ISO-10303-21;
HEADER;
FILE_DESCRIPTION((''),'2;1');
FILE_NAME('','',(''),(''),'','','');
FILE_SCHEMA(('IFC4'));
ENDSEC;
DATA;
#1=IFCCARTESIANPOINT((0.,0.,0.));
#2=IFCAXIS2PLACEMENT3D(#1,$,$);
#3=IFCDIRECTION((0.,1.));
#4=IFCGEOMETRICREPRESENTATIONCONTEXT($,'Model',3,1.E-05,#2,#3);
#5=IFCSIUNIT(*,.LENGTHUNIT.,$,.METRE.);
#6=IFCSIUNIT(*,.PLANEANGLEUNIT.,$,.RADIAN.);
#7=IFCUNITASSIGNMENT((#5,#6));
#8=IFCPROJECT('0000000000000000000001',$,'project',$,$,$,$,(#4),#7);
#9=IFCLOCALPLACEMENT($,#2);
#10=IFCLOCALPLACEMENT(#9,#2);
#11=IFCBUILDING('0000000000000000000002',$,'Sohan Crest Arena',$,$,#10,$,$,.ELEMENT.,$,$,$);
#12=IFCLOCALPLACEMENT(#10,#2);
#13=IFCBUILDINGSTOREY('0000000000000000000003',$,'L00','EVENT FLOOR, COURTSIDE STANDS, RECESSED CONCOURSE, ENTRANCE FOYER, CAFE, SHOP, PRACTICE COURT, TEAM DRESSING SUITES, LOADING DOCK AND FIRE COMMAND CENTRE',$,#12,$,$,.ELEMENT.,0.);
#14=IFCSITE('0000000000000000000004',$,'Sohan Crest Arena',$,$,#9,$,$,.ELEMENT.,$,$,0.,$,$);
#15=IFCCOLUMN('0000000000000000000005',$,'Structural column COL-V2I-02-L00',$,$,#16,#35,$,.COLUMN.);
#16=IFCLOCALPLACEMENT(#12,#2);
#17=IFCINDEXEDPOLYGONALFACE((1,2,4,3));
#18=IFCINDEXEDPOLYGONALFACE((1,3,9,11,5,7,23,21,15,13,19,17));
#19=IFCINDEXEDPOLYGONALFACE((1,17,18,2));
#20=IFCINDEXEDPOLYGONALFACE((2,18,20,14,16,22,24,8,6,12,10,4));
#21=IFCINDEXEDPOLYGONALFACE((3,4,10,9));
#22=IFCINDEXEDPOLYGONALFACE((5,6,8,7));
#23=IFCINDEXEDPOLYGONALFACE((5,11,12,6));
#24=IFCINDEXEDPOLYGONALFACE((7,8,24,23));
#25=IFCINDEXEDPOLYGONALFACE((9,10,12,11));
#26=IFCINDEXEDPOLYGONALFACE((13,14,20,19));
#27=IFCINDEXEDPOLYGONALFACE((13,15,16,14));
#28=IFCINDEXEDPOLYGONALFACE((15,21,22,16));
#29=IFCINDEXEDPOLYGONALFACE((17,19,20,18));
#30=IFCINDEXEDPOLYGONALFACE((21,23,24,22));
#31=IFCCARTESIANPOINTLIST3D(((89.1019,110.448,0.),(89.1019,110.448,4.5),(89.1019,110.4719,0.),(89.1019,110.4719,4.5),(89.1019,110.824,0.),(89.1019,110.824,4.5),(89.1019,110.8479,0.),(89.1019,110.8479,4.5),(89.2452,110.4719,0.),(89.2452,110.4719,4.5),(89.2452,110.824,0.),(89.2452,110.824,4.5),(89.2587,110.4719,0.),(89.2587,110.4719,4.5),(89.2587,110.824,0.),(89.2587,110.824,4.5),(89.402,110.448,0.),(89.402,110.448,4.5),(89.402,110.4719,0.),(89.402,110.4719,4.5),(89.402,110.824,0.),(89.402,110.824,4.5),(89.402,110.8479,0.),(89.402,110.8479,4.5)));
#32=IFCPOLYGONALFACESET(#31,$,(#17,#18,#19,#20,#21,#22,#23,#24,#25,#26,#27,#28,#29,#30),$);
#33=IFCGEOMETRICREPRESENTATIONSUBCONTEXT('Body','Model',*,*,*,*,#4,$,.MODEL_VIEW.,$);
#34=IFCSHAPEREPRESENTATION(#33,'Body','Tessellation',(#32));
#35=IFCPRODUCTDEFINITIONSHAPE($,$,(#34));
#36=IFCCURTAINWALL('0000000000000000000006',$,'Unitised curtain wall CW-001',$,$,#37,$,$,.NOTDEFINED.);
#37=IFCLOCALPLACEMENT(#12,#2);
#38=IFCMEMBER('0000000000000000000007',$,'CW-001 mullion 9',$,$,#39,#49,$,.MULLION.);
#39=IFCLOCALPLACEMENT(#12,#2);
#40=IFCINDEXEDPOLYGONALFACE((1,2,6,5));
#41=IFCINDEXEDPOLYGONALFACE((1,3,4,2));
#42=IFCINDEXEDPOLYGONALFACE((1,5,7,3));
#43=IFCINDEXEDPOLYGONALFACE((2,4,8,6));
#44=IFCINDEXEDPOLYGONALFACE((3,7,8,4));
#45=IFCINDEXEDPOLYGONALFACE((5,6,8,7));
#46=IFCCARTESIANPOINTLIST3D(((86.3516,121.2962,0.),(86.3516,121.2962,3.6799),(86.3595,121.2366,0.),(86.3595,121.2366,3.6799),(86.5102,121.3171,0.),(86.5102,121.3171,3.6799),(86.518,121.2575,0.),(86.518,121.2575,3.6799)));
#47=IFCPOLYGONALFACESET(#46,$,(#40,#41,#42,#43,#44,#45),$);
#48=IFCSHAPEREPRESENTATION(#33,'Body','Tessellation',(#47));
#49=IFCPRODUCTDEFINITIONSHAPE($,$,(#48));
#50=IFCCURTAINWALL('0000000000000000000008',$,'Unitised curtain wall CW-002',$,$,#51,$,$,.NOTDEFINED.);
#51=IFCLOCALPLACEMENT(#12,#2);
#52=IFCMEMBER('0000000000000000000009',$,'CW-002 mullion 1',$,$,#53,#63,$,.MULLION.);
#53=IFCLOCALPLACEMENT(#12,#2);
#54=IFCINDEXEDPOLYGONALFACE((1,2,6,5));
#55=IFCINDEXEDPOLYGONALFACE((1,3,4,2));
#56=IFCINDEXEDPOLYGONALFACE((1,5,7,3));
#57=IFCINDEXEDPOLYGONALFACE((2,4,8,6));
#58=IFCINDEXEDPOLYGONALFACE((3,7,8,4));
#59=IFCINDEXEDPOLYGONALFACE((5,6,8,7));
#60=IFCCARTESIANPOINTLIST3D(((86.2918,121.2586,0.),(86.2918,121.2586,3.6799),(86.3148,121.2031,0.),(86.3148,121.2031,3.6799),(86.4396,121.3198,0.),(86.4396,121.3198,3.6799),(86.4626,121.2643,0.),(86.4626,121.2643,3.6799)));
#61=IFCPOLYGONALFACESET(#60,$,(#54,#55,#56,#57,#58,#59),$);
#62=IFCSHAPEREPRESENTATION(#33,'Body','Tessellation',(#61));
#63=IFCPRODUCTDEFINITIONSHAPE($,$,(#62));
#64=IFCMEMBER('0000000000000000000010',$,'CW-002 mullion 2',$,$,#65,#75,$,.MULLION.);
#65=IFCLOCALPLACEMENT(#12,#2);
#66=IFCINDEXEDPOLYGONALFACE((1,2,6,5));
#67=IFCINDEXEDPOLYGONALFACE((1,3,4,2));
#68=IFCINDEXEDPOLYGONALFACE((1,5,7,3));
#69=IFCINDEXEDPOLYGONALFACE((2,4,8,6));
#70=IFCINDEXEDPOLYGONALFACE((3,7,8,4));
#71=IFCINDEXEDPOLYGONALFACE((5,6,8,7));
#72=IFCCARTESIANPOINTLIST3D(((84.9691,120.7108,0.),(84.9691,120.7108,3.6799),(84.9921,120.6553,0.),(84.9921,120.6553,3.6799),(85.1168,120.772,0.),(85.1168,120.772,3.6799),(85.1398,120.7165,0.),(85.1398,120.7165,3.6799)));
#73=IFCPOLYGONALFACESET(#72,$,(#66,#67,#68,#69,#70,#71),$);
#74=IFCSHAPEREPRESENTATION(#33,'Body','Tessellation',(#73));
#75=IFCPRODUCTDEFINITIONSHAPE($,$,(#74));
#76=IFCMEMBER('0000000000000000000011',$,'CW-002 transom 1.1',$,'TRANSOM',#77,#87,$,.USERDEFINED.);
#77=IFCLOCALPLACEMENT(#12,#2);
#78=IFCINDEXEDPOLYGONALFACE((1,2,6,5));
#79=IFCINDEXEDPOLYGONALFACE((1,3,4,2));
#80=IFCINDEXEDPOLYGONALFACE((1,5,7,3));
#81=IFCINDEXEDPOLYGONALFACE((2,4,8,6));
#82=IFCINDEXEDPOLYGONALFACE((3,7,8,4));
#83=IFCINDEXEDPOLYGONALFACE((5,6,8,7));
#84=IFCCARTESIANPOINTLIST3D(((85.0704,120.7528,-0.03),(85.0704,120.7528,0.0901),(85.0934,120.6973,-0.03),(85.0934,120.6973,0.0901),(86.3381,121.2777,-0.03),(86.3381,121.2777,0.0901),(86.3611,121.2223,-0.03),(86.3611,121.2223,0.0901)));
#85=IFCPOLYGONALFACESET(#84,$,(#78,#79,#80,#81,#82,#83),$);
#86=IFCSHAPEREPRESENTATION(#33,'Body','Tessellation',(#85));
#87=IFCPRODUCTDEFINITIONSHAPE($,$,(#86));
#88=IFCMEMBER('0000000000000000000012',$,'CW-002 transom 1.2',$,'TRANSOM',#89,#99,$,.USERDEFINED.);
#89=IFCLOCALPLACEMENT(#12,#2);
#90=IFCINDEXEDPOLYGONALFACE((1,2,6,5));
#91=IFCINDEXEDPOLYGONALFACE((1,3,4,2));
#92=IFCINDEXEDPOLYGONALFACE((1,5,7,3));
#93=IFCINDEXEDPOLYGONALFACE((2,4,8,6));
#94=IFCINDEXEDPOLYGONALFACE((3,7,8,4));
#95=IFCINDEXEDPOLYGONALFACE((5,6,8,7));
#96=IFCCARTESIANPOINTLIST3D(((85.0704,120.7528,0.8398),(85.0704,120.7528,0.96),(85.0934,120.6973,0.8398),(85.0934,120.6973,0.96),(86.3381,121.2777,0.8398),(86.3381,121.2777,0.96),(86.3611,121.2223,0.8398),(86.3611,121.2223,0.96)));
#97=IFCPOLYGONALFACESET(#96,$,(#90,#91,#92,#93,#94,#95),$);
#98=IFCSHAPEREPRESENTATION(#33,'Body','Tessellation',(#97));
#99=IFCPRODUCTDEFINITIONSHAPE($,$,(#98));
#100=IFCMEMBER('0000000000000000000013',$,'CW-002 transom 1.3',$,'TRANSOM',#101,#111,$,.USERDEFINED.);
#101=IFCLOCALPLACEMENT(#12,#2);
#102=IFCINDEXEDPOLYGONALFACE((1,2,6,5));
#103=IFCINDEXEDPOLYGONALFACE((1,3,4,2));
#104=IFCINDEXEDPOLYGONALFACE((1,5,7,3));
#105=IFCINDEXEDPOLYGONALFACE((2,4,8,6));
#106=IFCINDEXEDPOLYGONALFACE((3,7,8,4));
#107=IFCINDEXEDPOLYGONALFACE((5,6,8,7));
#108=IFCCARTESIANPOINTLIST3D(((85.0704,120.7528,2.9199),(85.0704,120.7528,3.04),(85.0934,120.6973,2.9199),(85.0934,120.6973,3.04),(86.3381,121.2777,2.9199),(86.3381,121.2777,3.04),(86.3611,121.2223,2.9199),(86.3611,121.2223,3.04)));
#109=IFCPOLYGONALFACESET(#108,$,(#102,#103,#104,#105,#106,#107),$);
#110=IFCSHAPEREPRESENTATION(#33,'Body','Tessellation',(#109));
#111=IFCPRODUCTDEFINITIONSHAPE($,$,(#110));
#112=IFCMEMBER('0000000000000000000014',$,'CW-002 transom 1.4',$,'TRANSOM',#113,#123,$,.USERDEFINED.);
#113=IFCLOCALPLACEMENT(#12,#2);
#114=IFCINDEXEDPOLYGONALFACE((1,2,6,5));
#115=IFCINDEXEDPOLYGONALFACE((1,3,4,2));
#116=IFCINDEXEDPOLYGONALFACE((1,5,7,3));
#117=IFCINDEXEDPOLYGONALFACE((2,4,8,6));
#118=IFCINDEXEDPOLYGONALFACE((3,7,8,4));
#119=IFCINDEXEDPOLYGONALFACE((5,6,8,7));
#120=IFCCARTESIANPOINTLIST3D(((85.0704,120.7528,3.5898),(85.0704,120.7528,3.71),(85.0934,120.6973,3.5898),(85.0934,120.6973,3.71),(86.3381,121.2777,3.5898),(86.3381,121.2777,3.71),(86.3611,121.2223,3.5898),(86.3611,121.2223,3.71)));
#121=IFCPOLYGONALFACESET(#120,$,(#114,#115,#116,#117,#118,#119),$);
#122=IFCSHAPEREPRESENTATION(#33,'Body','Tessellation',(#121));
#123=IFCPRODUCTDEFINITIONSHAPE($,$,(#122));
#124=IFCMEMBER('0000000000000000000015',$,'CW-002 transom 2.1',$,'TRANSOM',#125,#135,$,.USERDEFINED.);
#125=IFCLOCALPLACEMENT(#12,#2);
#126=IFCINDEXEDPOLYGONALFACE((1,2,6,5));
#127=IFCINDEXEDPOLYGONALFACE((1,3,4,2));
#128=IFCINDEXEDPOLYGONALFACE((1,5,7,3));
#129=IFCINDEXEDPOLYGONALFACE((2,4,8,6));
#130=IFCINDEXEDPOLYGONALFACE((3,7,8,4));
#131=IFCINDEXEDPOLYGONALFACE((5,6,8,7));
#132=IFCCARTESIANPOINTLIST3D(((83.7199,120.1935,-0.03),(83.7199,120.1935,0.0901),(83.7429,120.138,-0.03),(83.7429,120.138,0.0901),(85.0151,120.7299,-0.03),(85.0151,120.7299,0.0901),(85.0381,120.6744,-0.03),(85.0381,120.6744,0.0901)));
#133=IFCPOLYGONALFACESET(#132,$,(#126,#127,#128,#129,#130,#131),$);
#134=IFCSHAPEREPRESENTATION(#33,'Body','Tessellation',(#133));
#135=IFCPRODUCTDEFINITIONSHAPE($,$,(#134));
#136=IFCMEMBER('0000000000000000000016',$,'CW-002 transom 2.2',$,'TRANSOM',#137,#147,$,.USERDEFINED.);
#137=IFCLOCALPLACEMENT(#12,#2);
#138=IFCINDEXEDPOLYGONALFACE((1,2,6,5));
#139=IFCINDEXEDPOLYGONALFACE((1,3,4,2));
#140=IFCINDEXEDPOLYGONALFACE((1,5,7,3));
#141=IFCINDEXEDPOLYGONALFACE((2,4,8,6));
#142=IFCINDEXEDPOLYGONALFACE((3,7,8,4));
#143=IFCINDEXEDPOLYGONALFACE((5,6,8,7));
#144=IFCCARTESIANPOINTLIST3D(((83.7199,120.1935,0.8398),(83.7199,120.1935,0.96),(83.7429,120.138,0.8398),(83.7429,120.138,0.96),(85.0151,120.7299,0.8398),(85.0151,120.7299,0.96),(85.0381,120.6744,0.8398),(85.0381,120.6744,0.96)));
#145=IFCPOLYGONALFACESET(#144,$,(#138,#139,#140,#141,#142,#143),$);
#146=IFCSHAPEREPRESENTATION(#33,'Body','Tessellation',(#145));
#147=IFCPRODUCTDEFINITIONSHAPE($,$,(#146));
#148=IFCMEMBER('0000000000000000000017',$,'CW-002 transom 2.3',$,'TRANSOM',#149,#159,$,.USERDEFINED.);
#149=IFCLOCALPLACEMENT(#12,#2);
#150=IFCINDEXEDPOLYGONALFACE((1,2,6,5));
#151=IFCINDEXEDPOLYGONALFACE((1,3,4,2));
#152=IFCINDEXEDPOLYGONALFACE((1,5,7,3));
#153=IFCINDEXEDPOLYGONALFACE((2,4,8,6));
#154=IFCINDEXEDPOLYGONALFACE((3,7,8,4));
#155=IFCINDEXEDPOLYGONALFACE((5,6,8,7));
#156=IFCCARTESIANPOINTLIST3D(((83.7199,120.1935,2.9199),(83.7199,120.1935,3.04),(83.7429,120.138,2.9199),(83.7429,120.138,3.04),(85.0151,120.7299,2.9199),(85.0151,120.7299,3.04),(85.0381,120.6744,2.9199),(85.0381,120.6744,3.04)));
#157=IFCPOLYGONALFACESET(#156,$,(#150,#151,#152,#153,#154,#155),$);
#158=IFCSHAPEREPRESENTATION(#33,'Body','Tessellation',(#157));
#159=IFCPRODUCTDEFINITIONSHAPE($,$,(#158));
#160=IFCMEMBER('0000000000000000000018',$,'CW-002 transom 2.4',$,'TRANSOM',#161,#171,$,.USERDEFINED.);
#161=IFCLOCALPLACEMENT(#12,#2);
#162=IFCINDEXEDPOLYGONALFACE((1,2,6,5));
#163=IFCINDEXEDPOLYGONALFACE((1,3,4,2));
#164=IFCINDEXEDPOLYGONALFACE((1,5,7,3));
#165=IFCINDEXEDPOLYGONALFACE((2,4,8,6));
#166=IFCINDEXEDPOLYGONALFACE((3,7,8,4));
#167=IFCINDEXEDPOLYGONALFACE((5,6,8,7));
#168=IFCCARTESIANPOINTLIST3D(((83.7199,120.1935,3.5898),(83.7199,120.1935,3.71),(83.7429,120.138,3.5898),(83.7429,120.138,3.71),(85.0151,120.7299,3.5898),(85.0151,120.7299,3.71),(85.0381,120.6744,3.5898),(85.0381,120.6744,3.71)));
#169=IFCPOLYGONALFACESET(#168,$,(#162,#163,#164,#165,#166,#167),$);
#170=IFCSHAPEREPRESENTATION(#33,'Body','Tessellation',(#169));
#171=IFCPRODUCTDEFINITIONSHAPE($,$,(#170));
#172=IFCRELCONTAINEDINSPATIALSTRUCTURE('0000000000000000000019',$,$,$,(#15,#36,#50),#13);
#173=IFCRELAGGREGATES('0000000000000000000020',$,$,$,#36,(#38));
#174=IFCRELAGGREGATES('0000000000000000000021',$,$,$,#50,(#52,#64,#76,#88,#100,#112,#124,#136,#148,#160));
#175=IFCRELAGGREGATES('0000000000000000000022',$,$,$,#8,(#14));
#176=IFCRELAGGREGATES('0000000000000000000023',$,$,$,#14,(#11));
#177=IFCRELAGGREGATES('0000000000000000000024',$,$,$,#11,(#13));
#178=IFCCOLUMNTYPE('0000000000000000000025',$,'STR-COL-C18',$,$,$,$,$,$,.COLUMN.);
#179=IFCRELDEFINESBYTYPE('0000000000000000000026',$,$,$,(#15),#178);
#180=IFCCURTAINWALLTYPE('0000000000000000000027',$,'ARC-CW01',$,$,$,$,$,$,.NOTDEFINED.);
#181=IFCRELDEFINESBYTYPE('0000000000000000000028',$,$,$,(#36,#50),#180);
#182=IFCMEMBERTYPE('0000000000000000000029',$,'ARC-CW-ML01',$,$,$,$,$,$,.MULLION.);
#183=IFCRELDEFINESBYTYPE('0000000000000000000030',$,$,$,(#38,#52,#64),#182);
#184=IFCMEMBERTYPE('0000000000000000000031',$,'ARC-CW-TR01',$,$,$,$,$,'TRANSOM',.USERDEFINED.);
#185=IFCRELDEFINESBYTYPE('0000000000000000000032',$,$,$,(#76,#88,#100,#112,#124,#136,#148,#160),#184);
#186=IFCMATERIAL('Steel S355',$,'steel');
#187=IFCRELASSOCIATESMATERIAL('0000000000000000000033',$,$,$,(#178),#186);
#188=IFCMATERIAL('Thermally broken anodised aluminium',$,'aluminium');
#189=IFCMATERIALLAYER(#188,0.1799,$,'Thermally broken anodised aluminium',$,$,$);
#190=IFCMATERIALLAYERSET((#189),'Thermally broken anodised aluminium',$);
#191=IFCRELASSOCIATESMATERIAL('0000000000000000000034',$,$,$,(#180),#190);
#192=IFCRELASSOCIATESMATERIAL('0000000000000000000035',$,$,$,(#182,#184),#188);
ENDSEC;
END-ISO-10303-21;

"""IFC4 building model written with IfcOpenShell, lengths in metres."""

from ifc_helpers import new_model, si_unit, direction, frame, origin, origin_2d, place, context, subcontext, project, spatial, rectangle, i_section, extrude, material, layer, layer_set, material_profile, profile_set, type_object, element, aggregate, save


model = new_model("IFC4")

# Units and contexts
model_context = context("Model", 3, precision=1e-05, world=origin(), true_north=direction((0.0, 1.0)))
body_context = subcontext(model_context, "Body", "Model", "MODEL_VIEW")
ifc_project = project(units=[si_unit("LENGTHUNIT", "METRE"), si_unit("PLANEANGLEUNIT", "RADIAN")], contexts=[model_context])

# Site, building, storey
site_placement = place(None, origin())
site = spatial("IfcSite", under=ifc_project, at=site_placement, Name="Sohan Crest Arena", CompositionType="ELEMENT", RefElevation=0.0)
building_placement = place(site_placement, origin())
building = spatial("IfcBuilding", under=site, at=building_placement, Name="Sohan Crest Arena", CompositionType="ELEMENT")
storey_placement = place(building_placement, origin())
storey = spatial("IfcBuildingStorey", under=building, at=storey_placement, Name="L00", Description="EVENT FLOOR, COURTSIDE STANDS, RECESSED CONCOURSE, ENTRANCE FOYER, CAFE, SHOP, PRACTICE COURT, TEAM DRESSING SUITES, LOADING DOCK AND FIRE COMMAND CENTRE", CompositionType="ELEMENT", Elevation=0.0)

# Column
ifc_material_1 = material(Name="Steel S355", Category="steel")
ifc_material_profile_1 = material_profile(ifc_material_1, i_section(OverallWidth=0.3, OverallDepth=0.3999, WebThickness=0.0134, FlangeThickness=0.0239, at=origin_2d()), Name="HEB 400")
ifc_profile_set_1 = profile_set([ifc_material_profile_1], Name="Steel S355")
column_type = type_object("IfcColumnType", Name="STR-COL-C18", PredefinedType="COLUMN", material=ifc_profile_set_1)
column_placement = place(storey_placement, frame((89.252, 110.6479, 0.0), z_axis=(0.0, 0.0, 1.0), x_axis=(1.0, 0.0, 0.0)))
element("IfcColumn", 1, at=column_placement, inside=storey, type_object=column_type, Name="Structural column COL-V2I-02-L00", PredefinedType="COLUMN", context=body_context, shape_type="SweptSolid", body=[
    extrude(i_section(OverallWidth=0.3, OverallDepth=0.3999, WebThickness=0.0134, FlangeThickness=0.0239, at=origin_2d()), origin(), (0.0, 0.0, 1.0), 4.5),
])

# Curtain wall, member
ifc_material_2 = material(Name="Thermally broken anodised aluminium", Category="aluminium")
ifc_layer_1 = layer(ifc_material_2, 0.1799, Name="Thermally broken anodised aluminium")
ifc_layer_set_1 = layer_set([ifc_layer_1], Name="Thermally broken anodised aluminium")
curtain_wall_type = type_object("IfcCurtainWallType", Name="ARC-CW01", PredefinedType="NOTDEFINED", material=ifc_layer_set_1)
curtain_wall_1_placement = place(storey_placement, origin())
curtain_wall_1 = element("IfcCurtainWall", 2, at=curtain_wall_1_placement, inside=storey, type_object=curtain_wall_type, Name="Unitised curtain wall CW-001", PredefinedType="NOTDEFINED")
ifc_material_profile_2 = material_profile(ifc_material_2, rectangle(XDim=0.0601, YDim=0.1599, at=origin_2d()), Name="ALU-MULL 60x160")
ifc_profile_set_2 = profile_set([ifc_material_profile_2], Name="Thermally broken anodised aluminium")
member_type_1 = type_object("IfcMemberType", Name="ARC-CW-ML01", PredefinedType="MULLION", material=ifc_profile_set_2)
member_1_placement = place(storey_placement, frame((86.4348, 121.2769, 0.0), z_axis=(0.0, 0.0, 1.0), x_axis=(0.130567, -0.991439, 0.0)))
member_1 = element("IfcMember", 3, at=member_1_placement, type_object=member_type_1, Name="CW-001 mullion 9", PredefinedType="MULLION", context=body_context, shape_type="SweptSolid", body=[
    extrude(rectangle(XDim=0.0601, YDim=0.1599, at=origin_2d()), origin(), (0.0, 0.0, 1.0), 3.6799),
])

# Curtain wall, members
curtain_wall_2_placement = place(storey_placement, origin())
curtain_wall_2 = element("IfcCurtainWall", 4, at=curtain_wall_2_placement, inside=storey, type_object=curtain_wall_type, Name="Unitised curtain wall CW-002", PredefinedType="NOTDEFINED")
member_2_placement = place(storey_placement, frame((86.3772, 121.2615, 0.0), z_axis=(0.0, 0.0, 1.0), x_axis=(0.382641, -0.923897, 0.0)))
member_2 = element("IfcMember", 5, at=member_2_placement, type_object=member_type_1, Name="CW-002 mullion 1", PredefinedType="MULLION", context=body_context, shape_type="SweptSolid", body=[
    extrude(rectangle(XDim=0.0601, YDim=0.1599, at=origin_2d()), origin(), (0.0, 0.0, 1.0), 3.6799),
])
member_3_placement = place(storey_placement, frame((85.0544, 120.7136, 0.0), z_axis=(0.0, 0.0, 1.0), x_axis=(0.382641, -0.923897, 0.0)))
member_3 = element("IfcMember", 6, at=member_3_placement, type_object=member_type_1, Name="CW-002 mullion 2", PredefinedType="MULLION", context=body_context, shape_type="SweptSolid", body=[
    extrude(rectangle(XDim=0.0601, YDim=0.1599, at=origin_2d()), origin(), (0.0, 0.0, 1.0), 3.6799),
])
ifc_material_profile_3 = material_profile(ifc_material_2, rectangle(XDim=0.0601, YDim=0.1201, at=origin_2d()), Name="ALU-TRAN 60x120")
ifc_profile_set_3 = profile_set([ifc_material_profile_3], Name="Thermally broken anodised aluminium")
member_type_2 = type_object("IfcMemberType", Name="ARC-CW-TR01", ElementType="TRANSOM", PredefinedType="USERDEFINED", material=ifc_profile_set_3)
member_4_placement = place(storey_placement, frame((86.3496, 121.25, 0.03), z_axis=(-0.923917, -0.382593, 0.0), x_axis=(0.382593, -0.923917, 0.0)))
member_4 = element("IfcMember", 7, at=member_4_placement, type_object=member_type_2, Name="CW-002 transom 1.1", ObjectType="TRANSOM", PredefinedType="USERDEFINED", context=body_context, shape_type="SweptSolid", body=[
    extrude(rectangle(XDim=0.0601, YDim=0.1201, at=origin_2d()), origin(), (0.0, 0.0, 1.0), 1.3721),
])
member_5_placement = place(storey_placement, frame((86.3496, 121.25, 0.8999), z_axis=(-0.923917, -0.382593, 0.0), x_axis=(0.382593, -0.923917, 0.0)))
member_5 = element("IfcMember", 8, at=member_5_placement, type_object=member_type_2, Name="CW-002 transom 1.2", ObjectType="TRANSOM", PredefinedType="USERDEFINED", context=body_context, shape_type="SweptSolid", body=[
    extrude(rectangle(XDim=0.0601, YDim=0.1201, at=origin_2d()), origin(), (0.0, 0.0, 1.0), 1.3721),
])
member_6_placement = place(storey_placement, frame((86.3496, 121.25, 2.98), z_axis=(-0.923917, -0.382593, 0.0), x_axis=(0.382593, -0.923917, 0.0)))
member_6 = element("IfcMember", 9, at=member_6_placement, type_object=member_type_2, Name="CW-002 transom 1.3", ObjectType="TRANSOM", PredefinedType="USERDEFINED", context=body_context, shape_type="SweptSolid", body=[
    extrude(rectangle(XDim=0.0601, YDim=0.1201, at=origin_2d()), origin(), (0.0, 0.0, 1.0), 1.3721),
])
member_7_placement = place(storey_placement, frame((86.3496, 121.25, 3.6499), z_axis=(-0.923917, -0.382593, 0.0), x_axis=(0.382593, -0.923917, 0.0)))
member_7 = element("IfcMember", 10, at=member_7_placement, type_object=member_type_2, Name="CW-002 transom 1.4", ObjectType="TRANSOM", PredefinedType="USERDEFINED", context=body_context, shape_type="SweptSolid", body=[
    extrude(rectangle(XDim=0.0601, YDim=0.1201, at=origin_2d()), origin(), (0.0, 0.0, 1.0), 1.3721),
])
member_8_placement = place(storey_placement, frame((85.0266, 120.7021, 0.03), z_axis=(-0.923904, -0.382624, 0.0), x_axis=(0.382624, -0.923904, 0.0)))
member_8 = element("IfcMember", 11, at=member_8_placement, type_object=member_type_2, Name="CW-002 transom 2.1", ObjectType="TRANSOM", PredefinedType="USERDEFINED", context=body_context, shape_type="SweptSolid", body=[
    extrude(rectangle(XDim=0.0601, YDim=0.1201, at=origin_2d()), origin(), (0.0, 0.0, 1.0), 1.4019),
])
member_9_placement = place(storey_placement, frame((85.0266, 120.7021, 0.8999), z_axis=(-0.923904, -0.382624, 0.0), x_axis=(0.382624, -0.923904, 0.0)))
member_9 = element("IfcMember", 12, at=member_9_placement, type_object=member_type_2, Name="CW-002 transom 2.2", ObjectType="TRANSOM", PredefinedType="USERDEFINED", context=body_context, shape_type="SweptSolid", body=[
    extrude(rectangle(XDim=0.0601, YDim=0.1201, at=origin_2d()), origin(), (0.0, 0.0, 1.0), 1.4019),
])
member_10_placement = place(storey_placement, frame((85.0266, 120.7021, 2.98), z_axis=(-0.923904, -0.382624, 0.0), x_axis=(0.382624, -0.923904, 0.0)))
member_10 = element("IfcMember", 13, at=member_10_placement, type_object=member_type_2, Name="CW-002 transom 2.3", ObjectType="TRANSOM", PredefinedType="USERDEFINED", context=body_context, shape_type="SweptSolid", body=[
    extrude(rectangle(XDim=0.0601, YDim=0.1201, at=origin_2d()), origin(), (0.0, 0.0, 1.0), 1.4019),
])
member_11_placement = place(storey_placement, frame((85.0266, 120.7021, 3.6499), z_axis=(-0.923904, -0.382624, 0.0), x_axis=(0.382624, -0.923904, 0.0)))
member_11 = element("IfcMember", 14, at=member_11_placement, type_object=member_type_2, Name="CW-002 transom 2.4", ObjectType="TRANSOM", PredefinedType="USERDEFINED", context=body_context, shape_type="SweptSolid", body=[
    extrude(rectangle(XDim=0.0601, YDim=0.1201, at=origin_2d()), origin(), (0.0, 0.0, 1.0), 1.4019),
])

aggregate(curtain_wall_1, [member_1])
aggregate(curtain_wall_2, [member_2, member_3, member_4, member_5, member_6, member_7, member_8, member_9, member_10, member_11])

save(model, "model.ifc")
